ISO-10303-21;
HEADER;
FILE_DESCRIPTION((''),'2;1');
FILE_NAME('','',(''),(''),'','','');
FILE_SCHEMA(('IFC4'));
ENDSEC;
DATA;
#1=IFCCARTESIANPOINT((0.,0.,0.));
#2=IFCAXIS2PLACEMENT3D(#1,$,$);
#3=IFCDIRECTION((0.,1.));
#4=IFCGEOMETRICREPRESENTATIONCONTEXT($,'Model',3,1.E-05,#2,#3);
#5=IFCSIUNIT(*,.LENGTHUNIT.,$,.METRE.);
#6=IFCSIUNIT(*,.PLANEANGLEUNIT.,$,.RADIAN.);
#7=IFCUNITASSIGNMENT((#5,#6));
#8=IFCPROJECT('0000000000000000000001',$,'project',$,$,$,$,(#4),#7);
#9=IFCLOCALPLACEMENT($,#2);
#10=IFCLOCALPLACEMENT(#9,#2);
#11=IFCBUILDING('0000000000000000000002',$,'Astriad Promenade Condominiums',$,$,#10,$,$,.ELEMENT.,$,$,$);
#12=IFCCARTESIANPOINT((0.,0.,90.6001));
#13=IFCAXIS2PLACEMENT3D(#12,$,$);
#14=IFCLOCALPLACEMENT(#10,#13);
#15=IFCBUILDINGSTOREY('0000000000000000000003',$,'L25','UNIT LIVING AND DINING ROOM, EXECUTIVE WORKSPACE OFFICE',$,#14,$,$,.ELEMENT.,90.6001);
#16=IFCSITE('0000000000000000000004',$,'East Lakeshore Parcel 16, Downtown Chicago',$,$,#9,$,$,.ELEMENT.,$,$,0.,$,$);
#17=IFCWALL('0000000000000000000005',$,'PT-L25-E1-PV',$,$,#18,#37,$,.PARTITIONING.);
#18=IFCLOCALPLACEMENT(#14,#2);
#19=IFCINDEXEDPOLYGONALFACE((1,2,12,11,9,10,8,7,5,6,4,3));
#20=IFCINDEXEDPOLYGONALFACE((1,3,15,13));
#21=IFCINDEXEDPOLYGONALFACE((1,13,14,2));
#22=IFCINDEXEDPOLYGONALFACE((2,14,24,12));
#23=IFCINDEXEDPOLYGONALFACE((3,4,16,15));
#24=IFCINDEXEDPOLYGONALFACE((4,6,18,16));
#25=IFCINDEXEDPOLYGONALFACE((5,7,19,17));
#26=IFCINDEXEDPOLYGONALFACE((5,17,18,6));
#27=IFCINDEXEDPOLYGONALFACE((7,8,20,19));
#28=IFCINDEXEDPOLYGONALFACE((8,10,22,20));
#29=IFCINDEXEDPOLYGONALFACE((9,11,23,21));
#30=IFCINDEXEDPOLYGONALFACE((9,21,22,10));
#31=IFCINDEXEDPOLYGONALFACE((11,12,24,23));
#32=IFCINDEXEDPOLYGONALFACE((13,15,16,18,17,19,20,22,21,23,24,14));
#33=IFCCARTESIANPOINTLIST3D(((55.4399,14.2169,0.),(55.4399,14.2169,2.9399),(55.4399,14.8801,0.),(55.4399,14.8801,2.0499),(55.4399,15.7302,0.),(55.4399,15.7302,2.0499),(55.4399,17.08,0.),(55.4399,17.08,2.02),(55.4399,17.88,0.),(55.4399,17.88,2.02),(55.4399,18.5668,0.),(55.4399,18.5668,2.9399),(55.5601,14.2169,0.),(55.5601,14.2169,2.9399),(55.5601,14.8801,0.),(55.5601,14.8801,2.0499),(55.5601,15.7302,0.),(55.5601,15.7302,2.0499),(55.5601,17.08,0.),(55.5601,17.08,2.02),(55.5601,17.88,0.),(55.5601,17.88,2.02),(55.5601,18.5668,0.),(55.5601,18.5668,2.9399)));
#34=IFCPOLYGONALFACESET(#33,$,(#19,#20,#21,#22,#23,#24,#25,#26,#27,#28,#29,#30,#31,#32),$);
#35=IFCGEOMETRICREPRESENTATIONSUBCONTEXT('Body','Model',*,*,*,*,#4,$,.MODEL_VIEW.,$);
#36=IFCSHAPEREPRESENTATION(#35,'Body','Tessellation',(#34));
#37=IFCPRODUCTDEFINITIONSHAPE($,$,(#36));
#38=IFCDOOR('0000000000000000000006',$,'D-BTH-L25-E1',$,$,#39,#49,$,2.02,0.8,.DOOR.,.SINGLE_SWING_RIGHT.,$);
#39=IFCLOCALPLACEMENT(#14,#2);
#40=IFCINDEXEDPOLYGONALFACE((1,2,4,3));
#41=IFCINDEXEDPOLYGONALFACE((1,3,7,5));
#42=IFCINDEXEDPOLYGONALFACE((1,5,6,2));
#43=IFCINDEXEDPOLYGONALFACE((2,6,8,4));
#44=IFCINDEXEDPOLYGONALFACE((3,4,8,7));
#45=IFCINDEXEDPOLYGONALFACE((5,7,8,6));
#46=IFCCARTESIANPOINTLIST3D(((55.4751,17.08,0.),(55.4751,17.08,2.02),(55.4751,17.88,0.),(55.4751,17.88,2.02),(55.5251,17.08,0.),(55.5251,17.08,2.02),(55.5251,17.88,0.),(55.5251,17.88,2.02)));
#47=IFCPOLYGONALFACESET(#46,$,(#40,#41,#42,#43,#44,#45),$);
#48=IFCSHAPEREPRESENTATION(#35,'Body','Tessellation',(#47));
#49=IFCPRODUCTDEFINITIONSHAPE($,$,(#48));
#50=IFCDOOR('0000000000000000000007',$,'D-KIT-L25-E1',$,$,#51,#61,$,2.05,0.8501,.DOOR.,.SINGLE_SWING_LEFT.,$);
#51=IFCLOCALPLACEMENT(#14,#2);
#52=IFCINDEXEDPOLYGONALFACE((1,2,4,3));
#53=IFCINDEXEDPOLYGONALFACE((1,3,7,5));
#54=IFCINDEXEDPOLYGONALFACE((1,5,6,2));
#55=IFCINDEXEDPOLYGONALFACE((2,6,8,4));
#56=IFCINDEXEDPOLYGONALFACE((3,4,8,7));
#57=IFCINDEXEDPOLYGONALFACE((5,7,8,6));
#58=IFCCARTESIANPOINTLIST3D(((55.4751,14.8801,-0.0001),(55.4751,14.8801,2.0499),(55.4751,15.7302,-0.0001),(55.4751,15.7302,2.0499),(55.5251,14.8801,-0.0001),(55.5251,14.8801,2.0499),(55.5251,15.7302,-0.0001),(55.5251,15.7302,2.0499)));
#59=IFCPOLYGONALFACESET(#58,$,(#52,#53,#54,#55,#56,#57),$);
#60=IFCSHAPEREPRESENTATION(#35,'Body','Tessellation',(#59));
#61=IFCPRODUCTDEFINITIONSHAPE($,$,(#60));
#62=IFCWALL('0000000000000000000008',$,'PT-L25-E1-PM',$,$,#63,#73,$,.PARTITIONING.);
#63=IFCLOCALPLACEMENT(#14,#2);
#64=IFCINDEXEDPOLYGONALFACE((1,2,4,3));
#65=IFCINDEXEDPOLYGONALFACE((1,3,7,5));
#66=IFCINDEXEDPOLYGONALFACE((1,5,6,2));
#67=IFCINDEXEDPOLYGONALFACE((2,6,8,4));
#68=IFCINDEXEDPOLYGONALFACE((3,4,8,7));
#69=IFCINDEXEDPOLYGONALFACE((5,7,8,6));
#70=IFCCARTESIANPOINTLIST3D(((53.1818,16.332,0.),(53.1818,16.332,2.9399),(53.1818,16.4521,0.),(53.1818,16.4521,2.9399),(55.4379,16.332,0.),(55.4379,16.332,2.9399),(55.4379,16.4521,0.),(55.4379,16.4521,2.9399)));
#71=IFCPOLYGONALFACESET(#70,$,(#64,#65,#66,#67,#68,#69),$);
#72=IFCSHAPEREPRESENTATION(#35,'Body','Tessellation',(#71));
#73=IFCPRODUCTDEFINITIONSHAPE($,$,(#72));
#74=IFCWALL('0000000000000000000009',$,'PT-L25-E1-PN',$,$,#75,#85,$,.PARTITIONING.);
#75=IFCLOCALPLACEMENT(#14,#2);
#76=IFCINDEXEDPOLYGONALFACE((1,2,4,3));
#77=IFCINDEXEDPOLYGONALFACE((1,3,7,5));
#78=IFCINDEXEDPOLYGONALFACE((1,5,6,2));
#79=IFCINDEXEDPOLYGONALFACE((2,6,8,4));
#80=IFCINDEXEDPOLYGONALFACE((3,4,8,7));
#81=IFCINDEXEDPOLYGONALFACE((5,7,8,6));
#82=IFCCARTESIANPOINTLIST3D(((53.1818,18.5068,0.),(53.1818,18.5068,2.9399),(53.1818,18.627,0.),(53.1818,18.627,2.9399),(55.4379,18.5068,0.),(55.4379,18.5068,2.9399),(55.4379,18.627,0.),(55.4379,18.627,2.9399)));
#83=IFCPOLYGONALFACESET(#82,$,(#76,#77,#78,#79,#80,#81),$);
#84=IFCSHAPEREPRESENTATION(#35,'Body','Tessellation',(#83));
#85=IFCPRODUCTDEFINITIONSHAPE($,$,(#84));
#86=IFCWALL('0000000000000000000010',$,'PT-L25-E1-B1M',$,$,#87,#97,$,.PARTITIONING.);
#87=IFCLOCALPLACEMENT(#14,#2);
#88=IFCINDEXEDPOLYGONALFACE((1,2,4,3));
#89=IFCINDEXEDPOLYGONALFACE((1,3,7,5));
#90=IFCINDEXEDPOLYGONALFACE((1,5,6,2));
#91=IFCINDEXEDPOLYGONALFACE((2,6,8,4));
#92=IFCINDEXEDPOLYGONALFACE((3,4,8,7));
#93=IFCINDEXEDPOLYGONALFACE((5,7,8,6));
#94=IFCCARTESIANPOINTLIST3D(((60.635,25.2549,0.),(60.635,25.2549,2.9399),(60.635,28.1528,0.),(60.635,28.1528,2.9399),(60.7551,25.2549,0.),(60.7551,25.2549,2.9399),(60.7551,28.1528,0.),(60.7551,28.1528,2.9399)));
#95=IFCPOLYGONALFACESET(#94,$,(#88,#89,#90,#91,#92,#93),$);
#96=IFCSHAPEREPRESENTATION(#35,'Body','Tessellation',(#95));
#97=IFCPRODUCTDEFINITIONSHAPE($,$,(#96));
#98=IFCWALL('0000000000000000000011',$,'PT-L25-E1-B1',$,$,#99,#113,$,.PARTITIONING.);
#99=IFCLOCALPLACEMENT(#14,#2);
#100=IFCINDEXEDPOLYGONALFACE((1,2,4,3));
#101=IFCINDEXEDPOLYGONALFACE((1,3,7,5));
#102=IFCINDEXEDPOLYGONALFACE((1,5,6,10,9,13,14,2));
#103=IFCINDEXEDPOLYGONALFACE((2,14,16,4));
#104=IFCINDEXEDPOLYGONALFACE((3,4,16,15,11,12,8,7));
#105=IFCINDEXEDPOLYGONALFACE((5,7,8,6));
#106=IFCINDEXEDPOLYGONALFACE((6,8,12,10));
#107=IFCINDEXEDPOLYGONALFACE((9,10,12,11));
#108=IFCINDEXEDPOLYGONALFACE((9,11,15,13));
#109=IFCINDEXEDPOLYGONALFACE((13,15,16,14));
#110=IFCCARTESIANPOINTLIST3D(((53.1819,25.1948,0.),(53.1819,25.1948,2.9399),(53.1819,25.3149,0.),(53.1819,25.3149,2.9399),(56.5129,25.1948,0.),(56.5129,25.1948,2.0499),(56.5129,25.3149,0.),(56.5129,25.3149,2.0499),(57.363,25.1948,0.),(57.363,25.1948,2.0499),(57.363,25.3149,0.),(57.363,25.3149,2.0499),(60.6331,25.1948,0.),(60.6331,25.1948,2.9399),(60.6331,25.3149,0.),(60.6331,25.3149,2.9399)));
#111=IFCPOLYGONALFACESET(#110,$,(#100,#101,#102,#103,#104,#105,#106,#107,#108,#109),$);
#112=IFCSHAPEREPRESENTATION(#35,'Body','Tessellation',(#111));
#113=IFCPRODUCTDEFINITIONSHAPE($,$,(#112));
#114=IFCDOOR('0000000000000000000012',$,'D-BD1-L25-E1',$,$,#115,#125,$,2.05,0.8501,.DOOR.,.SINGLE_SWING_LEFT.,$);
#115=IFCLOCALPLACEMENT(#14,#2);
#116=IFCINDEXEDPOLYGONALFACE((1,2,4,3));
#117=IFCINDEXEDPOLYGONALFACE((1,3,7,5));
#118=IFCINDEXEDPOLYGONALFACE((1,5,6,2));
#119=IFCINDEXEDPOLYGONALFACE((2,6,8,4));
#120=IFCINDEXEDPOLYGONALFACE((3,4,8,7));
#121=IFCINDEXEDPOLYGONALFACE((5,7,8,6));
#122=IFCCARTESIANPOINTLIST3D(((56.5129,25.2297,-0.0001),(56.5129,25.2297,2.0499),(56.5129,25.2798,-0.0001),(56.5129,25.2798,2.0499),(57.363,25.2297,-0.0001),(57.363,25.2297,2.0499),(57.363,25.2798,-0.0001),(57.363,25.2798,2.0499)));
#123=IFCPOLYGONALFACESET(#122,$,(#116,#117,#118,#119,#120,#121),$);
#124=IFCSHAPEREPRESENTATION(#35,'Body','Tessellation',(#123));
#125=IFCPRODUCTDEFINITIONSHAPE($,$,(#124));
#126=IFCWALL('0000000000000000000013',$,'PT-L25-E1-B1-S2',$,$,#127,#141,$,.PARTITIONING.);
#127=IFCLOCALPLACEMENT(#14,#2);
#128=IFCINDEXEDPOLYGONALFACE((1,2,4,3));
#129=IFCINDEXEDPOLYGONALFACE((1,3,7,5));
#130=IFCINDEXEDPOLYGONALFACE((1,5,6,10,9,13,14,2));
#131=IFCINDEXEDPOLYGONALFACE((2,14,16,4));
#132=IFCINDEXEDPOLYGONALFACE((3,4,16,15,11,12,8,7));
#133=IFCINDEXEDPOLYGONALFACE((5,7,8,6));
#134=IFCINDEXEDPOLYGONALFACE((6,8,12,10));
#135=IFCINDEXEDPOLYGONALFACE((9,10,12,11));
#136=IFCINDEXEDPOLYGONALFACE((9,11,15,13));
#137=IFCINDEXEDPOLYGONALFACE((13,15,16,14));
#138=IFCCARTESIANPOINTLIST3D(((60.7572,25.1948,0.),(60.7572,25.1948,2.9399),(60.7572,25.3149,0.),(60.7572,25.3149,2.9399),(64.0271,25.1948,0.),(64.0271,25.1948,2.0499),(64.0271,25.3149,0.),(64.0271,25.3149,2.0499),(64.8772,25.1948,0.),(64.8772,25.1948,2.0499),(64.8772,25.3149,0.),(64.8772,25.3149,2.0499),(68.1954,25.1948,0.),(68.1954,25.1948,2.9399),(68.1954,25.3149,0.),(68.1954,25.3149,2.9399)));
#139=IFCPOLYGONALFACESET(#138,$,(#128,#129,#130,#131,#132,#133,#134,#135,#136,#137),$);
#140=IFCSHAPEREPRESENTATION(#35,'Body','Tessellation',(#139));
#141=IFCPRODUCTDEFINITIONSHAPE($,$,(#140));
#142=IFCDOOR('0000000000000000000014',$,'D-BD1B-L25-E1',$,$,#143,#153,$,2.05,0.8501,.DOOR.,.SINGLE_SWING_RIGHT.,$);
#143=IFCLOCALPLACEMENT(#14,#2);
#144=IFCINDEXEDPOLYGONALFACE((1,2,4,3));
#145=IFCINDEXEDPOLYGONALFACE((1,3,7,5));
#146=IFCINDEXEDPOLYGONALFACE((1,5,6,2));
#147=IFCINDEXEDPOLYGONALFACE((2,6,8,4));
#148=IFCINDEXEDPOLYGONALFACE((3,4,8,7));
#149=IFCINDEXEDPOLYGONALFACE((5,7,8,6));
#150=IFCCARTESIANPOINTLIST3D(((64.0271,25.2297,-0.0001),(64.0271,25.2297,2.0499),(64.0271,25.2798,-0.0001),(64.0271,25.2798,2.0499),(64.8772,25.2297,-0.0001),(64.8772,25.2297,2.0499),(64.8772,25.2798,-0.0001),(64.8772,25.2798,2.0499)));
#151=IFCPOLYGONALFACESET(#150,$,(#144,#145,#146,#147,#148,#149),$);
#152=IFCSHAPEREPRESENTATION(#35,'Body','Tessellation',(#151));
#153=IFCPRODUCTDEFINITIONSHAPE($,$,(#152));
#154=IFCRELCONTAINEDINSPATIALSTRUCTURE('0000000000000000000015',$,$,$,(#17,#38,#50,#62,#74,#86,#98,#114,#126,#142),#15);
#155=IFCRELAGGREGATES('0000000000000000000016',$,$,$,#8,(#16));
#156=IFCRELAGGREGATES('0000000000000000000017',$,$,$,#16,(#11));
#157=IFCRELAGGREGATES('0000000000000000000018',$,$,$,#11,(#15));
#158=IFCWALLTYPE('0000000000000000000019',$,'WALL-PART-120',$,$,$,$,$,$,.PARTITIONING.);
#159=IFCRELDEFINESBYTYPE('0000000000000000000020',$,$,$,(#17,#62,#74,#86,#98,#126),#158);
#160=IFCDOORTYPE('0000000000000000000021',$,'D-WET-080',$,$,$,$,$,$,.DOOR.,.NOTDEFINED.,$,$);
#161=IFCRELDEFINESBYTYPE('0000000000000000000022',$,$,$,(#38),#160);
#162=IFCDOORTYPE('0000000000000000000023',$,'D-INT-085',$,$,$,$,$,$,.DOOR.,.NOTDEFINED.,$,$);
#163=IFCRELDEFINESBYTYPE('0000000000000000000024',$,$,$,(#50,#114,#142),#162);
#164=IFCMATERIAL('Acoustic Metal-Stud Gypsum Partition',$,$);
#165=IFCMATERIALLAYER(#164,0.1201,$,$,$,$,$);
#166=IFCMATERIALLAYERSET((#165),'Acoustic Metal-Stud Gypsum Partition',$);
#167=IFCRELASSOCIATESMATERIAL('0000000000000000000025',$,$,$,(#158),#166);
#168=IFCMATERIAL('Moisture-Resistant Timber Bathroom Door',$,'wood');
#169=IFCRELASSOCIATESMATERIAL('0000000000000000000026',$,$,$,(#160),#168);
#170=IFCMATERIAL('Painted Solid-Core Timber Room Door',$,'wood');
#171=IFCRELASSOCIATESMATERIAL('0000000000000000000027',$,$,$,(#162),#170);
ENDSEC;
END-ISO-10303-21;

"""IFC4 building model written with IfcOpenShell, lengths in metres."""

from ifc_helpers import new_model, si_unit, direction, frame, frame_2d, origin, place, context, subcontext, project, spatial, rectangle, extrude, source, transform, mapped, material, layer, layer_set, type_object, type_shapes, element, fill, save


model = new_model("IFC4")

# Units and contexts
model_context = context("Model", 3, precision=1e-05, world=origin(), true_north=direction((0.0, 1.0)))
body_context = subcontext(model_context, "Body", "Model", "MODEL_VIEW")
ifc_project = project(units=[si_unit("LENGTHUNIT", "METRE"), si_unit("PLANEANGLEUNIT", "RADIAN")], contexts=[model_context])

# Site, building, storey
site_placement = place(None, origin())
site = spatial("IfcSite", under=ifc_project, at=site_placement, Name="East Lakeshore Parcel 16, Downtown Chicago", CompositionType="ELEMENT", RefElevation=0.0)
building_placement = place(site_placement, origin())
building = spatial("IfcBuilding", under=site, at=building_placement, Name="Astriad Promenade Condominiums", CompositionType="ELEMENT")
storey_placement = place(building_placement, frame((0.0, 0.0, 90.6001)))
storey = spatial("IfcBuildingStorey", under=building, at=storey_placement, Name="L25", Description="UNIT LIVING AND DINING ROOM, EXECUTIVE WORKSPACE OFFICE", CompositionType="ELEMENT", Elevation=90.6001)

# Wall, openings, doors
ifc_material_1 = material(Name="Acoustic Metal-Stud Gypsum Partition")
ifc_layer = layer(ifc_material_1, 0.1201)
ifc_layer_set = layer_set([ifc_layer], Name="Acoustic Metal-Stud Gypsum Partition")
wall_type = type_object("IfcWallType", Name="WALL-PART-120", PredefinedType="PARTITIONING", material=ifc_layer_set)
wall_1_placement = place(storey_placement, frame((55.5, 14.217, 0.0), z_axis=(0.0, 0.0, 1.0), x_axis=(0.0, 1.0, 0.0)))
wall_1 = element("IfcWall", 1, at=wall_1_placement, inside=storey, type_object=wall_type, Name="PT-L25-E1-PV", PredefinedType="PARTITIONING", context=body_context, shape_type="SweptSolid", body=[
    extrude(rectangle(XDim=4.3499, YDim=0.1201, at=frame_2d((2.1748, 0.0))), origin(), (0.0, 0.0, 1.0), 2.9399),
])
opening_1_placement = place(wall_1_placement, frame((0.6631, 0.0, 0.0)))
opening_1 = element("IfcOpeningElement", 2, at=opening_1_placement, cuts=wall_1, PredefinedType="OPENING", context=body_context, shape_type="SweptSolid", body=[
    extrude(rectangle(XDim=0.8501, YDim=2.05, at=frame_2d((0.425, 1.0249))), frame((0.0, 0.0701, 0.0), z_axis=(0.0, -1.0, 0.0), x_axis=(1.0, 0.0, 0.0)), (0.0, 0.0, 1.0), 0.1401),
])
opening_2_placement = place(wall_1_placement, frame((2.863, 0.0, 0.0)))
opening_2 = element("IfcOpeningElement", 3, at=opening_2_placement, cuts=wall_1, PredefinedType="OPENING", context=body_context, shape_type="SweptSolid", body=[
    extrude(rectangle(XDim=0.8, YDim=2.02, at=frame_2d((0.3999, 1.01))), frame((0.0, 0.0701, 0.0), z_axis=(0.0, -1.0, 0.0), x_axis=(1.0, 0.0, 0.0)), (0.0, 0.0, 1.0), 0.1401),
])
ifc_material_2 = material(Name="Moisture-Resistant Timber Bathroom Door", Category="wood")
door_type_1 = type_object("IfcDoorType", Name="D-WET-080", OperationType="NOTDEFINED", PredefinedType="DOOR", material=ifc_material_2)
shared_shape_1 = source(origin(), body_context, "Body", "SweptSolid", [
    extrude(rectangle(XDim=0.8, YDim=2.02, at=frame_2d((0.3999, 1.01))), frame((0.0, 0.0249, 0.0), z_axis=(0.0, -1.0, 0.0), x_axis=(1.0, 0.0, 0.0)), (0.0, 0.0, 1.0), 0.05),
])
type_shapes(door_type_1, [shared_shape_1])
door_1_placement = place(opening_2_placement, origin())
door_1 = element("IfcDoor", 4, at=door_1_placement, inside=storey, type_object=door_type_1, Name="D-BTH-L25-E1", OperationType="SINGLE_SWING_RIGHT", OverallHeight=2.02, OverallWidth=0.8, PredefinedType="DOOR", context=body_context, shape_type="MappedRepresentation", body=[
    mapped(shared_shape_1, transform((0.0, 0.0, 0.0), scale=1.0)),
])
fill(opening_2, door_1)
ifc_material_3 = material(Name="Painted Solid-Core Timber Room Door", Category="wood")
door_type_2 = type_object("IfcDoorType", Name="D-INT-085", OperationType="NOTDEFINED", PredefinedType="DOOR", material=ifc_material_3)
shared_shape_2 = source(origin(), body_context, "Body", "SweptSolid", [
    extrude(rectangle(XDim=0.8501, YDim=2.05, at=frame_2d((0.425, 1.0249))), frame((0.0, 0.0249, 0.0), z_axis=(0.0, -1.0, 0.0), x_axis=(1.0, 0.0, 0.0)), (0.0, 0.0, 1.0), 0.05),
])
type_shapes(door_type_2, [shared_shape_2])
door_2_placement = place(opening_1_placement, origin())
door_2 = element("IfcDoor", 5, at=door_2_placement, inside=storey, type_object=door_type_2, Name="D-KIT-L25-E1", OperationType="SINGLE_SWING_LEFT", OverallHeight=2.05, OverallWidth=0.8501, PredefinedType="DOOR", context=body_context, shape_type="MappedRepresentation", body=[
    mapped(shared_shape_2, transform((0.0, 0.0, 0.0), scale=1.0)),
])
fill(opening_1, door_2)

# Walls
for number, where, z_axis, x_axis, name in (
    (6, (53.1819, 16.3921, 0.0), (0.0, 0.0, 1.0), (1.0, 0.0, 0.0), "PT-L25-E1-PM"),
    (7, (53.1819, 18.5669, 0.0), (0.0, 0.0, 1.0), (1.0, 0.0, 0.0), "PT-L25-E1-PN"),
):
    element("IfcWall", number, at=place(storey_placement, frame(where, z_axis=z_axis, x_axis=x_axis)), inside=storey, type_object=wall_type, Name=name, PredefinedType="PARTITIONING", context=body_context, shape_type="SweptSolid", body=[
        extrude(rectangle(XDim=2.2561, YDim=0.1201, at=frame_2d((1.1279, 0.0))), origin(), (0.0, 0.0, 1.0), 2.9399),
    ])
wall_2_placement = place(storey_placement, frame((60.6951, 25.2549, 0.0), z_axis=(0.0, 0.0, 1.0), x_axis=(0.0, 1.0, 0.0)))
element("IfcWall", 8, at=wall_2_placement, inside=storey, type_object=wall_type, Name="PT-L25-E1-B1M", PredefinedType="PARTITIONING", context=body_context, shape_type="SweptSolid", body=[
    extrude(rectangle(XDim=2.8979, YDim=0.1201, at=frame_2d((1.449, 0.0))), origin(), (0.0, 0.0, 1.0), 2.9399),
])

# Walls, openings, doors
wall_3_placement = place(storey_placement, frame((53.1819, 25.2549, 0.0), z_axis=(0.0, 0.0, 1.0), x_axis=(1.0, 0.0, 0.0)))
wall_3 = element("IfcWall", 9, at=wall_3_placement, inside=storey, type_object=wall_type, Name="PT-L25-E1-B1", PredefinedType="PARTITIONING", context=body_context, shape_type="SweptSolid", body=[
    extrude(rectangle(XDim=7.4512, YDim=0.1201, at=frame_2d((3.7256, 0.0))), origin(), (0.0, 0.0, 1.0), 2.9399),
])
opening_3_placement = place(wall_3_placement, frame((3.3311, 0.0, 0.0)))
opening_3 = element("IfcOpeningElement", 10, at=opening_3_placement, cuts=wall_3, PredefinedType="OPENING", context=body_context, shape_type="SweptSolid", body=[
    extrude(rectangle(XDim=0.8501, YDim=2.05, at=frame_2d((0.425, 1.0249))), frame((0.0, 0.0701, 0.0), z_axis=(0.0, -1.0, 0.0), x_axis=(1.0, 0.0, 0.0)), (0.0, 0.0, 1.0), 0.1401),
])
door_3_placement = place(opening_3_placement, origin())
door_3 = element("IfcDoor", 11, at=door_3_placement, inside=storey, type_object=door_type_2, Name="D-BD1-L25-E1", OperationType="SINGLE_SWING_LEFT", OverallHeight=2.05, OverallWidth=0.8501, PredefinedType="DOOR", context=body_context, shape_type="MappedRepresentation", body=[
    mapped(shared_shape_2, transform((0.0, 0.0, 0.0), scale=1.0)),
])
fill(opening_3, door_3)
wall_4_placement = place(storey_placement, frame((60.7571, 25.2549, 0.0), z_axis=(0.0, 0.0, 1.0), x_axis=(1.0, 0.0, 0.0)))
wall_4 = element("IfcWall", 12, at=wall_4_placement, inside=storey, type_object=wall_type, Name="PT-L25-E1-B1-S2", PredefinedType="PARTITIONING", context=body_context, shape_type="SweptSolid", body=[
    extrude(rectangle(XDim=7.4382, YDim=0.1201, at=frame_2d((3.7192, 0.0))), origin(), (0.0, 0.0, 1.0), 2.9399),
])
opening_4_placement = place(wall_4_placement, frame((3.27, 0.0, 0.0)))
opening_4 = element("IfcOpeningElement", 13, at=opening_4_placement, cuts=wall_4, PredefinedType="OPENING", context=body_context, shape_type="SweptSolid", body=[
    extrude(rectangle(XDim=0.8501, YDim=2.05, at=frame_2d((0.425, 1.0249))), frame((0.0, 0.0701, 0.0), z_axis=(0.0, -1.0, 0.0), x_axis=(1.0, 0.0, 0.0)), (0.0, 0.0, 1.0), 0.1401),
])
door_4_placement = place(opening_4_placement, origin())
door_4 = element("IfcDoor", 14, at=door_4_placement, inside=storey, type_object=door_type_2, Name="D-BD1B-L25-E1", OperationType="SINGLE_SWING_RIGHT", OverallHeight=2.05, OverallWidth=0.8501, PredefinedType="DOOR", context=body_context, shape_type="MappedRepresentation", body=[
    mapped(shared_shape_2, transform((0.0, 0.0, 0.0), scale=1.0)),
])
fill(opening_4, door_4)

save(model, "model.ifc")
